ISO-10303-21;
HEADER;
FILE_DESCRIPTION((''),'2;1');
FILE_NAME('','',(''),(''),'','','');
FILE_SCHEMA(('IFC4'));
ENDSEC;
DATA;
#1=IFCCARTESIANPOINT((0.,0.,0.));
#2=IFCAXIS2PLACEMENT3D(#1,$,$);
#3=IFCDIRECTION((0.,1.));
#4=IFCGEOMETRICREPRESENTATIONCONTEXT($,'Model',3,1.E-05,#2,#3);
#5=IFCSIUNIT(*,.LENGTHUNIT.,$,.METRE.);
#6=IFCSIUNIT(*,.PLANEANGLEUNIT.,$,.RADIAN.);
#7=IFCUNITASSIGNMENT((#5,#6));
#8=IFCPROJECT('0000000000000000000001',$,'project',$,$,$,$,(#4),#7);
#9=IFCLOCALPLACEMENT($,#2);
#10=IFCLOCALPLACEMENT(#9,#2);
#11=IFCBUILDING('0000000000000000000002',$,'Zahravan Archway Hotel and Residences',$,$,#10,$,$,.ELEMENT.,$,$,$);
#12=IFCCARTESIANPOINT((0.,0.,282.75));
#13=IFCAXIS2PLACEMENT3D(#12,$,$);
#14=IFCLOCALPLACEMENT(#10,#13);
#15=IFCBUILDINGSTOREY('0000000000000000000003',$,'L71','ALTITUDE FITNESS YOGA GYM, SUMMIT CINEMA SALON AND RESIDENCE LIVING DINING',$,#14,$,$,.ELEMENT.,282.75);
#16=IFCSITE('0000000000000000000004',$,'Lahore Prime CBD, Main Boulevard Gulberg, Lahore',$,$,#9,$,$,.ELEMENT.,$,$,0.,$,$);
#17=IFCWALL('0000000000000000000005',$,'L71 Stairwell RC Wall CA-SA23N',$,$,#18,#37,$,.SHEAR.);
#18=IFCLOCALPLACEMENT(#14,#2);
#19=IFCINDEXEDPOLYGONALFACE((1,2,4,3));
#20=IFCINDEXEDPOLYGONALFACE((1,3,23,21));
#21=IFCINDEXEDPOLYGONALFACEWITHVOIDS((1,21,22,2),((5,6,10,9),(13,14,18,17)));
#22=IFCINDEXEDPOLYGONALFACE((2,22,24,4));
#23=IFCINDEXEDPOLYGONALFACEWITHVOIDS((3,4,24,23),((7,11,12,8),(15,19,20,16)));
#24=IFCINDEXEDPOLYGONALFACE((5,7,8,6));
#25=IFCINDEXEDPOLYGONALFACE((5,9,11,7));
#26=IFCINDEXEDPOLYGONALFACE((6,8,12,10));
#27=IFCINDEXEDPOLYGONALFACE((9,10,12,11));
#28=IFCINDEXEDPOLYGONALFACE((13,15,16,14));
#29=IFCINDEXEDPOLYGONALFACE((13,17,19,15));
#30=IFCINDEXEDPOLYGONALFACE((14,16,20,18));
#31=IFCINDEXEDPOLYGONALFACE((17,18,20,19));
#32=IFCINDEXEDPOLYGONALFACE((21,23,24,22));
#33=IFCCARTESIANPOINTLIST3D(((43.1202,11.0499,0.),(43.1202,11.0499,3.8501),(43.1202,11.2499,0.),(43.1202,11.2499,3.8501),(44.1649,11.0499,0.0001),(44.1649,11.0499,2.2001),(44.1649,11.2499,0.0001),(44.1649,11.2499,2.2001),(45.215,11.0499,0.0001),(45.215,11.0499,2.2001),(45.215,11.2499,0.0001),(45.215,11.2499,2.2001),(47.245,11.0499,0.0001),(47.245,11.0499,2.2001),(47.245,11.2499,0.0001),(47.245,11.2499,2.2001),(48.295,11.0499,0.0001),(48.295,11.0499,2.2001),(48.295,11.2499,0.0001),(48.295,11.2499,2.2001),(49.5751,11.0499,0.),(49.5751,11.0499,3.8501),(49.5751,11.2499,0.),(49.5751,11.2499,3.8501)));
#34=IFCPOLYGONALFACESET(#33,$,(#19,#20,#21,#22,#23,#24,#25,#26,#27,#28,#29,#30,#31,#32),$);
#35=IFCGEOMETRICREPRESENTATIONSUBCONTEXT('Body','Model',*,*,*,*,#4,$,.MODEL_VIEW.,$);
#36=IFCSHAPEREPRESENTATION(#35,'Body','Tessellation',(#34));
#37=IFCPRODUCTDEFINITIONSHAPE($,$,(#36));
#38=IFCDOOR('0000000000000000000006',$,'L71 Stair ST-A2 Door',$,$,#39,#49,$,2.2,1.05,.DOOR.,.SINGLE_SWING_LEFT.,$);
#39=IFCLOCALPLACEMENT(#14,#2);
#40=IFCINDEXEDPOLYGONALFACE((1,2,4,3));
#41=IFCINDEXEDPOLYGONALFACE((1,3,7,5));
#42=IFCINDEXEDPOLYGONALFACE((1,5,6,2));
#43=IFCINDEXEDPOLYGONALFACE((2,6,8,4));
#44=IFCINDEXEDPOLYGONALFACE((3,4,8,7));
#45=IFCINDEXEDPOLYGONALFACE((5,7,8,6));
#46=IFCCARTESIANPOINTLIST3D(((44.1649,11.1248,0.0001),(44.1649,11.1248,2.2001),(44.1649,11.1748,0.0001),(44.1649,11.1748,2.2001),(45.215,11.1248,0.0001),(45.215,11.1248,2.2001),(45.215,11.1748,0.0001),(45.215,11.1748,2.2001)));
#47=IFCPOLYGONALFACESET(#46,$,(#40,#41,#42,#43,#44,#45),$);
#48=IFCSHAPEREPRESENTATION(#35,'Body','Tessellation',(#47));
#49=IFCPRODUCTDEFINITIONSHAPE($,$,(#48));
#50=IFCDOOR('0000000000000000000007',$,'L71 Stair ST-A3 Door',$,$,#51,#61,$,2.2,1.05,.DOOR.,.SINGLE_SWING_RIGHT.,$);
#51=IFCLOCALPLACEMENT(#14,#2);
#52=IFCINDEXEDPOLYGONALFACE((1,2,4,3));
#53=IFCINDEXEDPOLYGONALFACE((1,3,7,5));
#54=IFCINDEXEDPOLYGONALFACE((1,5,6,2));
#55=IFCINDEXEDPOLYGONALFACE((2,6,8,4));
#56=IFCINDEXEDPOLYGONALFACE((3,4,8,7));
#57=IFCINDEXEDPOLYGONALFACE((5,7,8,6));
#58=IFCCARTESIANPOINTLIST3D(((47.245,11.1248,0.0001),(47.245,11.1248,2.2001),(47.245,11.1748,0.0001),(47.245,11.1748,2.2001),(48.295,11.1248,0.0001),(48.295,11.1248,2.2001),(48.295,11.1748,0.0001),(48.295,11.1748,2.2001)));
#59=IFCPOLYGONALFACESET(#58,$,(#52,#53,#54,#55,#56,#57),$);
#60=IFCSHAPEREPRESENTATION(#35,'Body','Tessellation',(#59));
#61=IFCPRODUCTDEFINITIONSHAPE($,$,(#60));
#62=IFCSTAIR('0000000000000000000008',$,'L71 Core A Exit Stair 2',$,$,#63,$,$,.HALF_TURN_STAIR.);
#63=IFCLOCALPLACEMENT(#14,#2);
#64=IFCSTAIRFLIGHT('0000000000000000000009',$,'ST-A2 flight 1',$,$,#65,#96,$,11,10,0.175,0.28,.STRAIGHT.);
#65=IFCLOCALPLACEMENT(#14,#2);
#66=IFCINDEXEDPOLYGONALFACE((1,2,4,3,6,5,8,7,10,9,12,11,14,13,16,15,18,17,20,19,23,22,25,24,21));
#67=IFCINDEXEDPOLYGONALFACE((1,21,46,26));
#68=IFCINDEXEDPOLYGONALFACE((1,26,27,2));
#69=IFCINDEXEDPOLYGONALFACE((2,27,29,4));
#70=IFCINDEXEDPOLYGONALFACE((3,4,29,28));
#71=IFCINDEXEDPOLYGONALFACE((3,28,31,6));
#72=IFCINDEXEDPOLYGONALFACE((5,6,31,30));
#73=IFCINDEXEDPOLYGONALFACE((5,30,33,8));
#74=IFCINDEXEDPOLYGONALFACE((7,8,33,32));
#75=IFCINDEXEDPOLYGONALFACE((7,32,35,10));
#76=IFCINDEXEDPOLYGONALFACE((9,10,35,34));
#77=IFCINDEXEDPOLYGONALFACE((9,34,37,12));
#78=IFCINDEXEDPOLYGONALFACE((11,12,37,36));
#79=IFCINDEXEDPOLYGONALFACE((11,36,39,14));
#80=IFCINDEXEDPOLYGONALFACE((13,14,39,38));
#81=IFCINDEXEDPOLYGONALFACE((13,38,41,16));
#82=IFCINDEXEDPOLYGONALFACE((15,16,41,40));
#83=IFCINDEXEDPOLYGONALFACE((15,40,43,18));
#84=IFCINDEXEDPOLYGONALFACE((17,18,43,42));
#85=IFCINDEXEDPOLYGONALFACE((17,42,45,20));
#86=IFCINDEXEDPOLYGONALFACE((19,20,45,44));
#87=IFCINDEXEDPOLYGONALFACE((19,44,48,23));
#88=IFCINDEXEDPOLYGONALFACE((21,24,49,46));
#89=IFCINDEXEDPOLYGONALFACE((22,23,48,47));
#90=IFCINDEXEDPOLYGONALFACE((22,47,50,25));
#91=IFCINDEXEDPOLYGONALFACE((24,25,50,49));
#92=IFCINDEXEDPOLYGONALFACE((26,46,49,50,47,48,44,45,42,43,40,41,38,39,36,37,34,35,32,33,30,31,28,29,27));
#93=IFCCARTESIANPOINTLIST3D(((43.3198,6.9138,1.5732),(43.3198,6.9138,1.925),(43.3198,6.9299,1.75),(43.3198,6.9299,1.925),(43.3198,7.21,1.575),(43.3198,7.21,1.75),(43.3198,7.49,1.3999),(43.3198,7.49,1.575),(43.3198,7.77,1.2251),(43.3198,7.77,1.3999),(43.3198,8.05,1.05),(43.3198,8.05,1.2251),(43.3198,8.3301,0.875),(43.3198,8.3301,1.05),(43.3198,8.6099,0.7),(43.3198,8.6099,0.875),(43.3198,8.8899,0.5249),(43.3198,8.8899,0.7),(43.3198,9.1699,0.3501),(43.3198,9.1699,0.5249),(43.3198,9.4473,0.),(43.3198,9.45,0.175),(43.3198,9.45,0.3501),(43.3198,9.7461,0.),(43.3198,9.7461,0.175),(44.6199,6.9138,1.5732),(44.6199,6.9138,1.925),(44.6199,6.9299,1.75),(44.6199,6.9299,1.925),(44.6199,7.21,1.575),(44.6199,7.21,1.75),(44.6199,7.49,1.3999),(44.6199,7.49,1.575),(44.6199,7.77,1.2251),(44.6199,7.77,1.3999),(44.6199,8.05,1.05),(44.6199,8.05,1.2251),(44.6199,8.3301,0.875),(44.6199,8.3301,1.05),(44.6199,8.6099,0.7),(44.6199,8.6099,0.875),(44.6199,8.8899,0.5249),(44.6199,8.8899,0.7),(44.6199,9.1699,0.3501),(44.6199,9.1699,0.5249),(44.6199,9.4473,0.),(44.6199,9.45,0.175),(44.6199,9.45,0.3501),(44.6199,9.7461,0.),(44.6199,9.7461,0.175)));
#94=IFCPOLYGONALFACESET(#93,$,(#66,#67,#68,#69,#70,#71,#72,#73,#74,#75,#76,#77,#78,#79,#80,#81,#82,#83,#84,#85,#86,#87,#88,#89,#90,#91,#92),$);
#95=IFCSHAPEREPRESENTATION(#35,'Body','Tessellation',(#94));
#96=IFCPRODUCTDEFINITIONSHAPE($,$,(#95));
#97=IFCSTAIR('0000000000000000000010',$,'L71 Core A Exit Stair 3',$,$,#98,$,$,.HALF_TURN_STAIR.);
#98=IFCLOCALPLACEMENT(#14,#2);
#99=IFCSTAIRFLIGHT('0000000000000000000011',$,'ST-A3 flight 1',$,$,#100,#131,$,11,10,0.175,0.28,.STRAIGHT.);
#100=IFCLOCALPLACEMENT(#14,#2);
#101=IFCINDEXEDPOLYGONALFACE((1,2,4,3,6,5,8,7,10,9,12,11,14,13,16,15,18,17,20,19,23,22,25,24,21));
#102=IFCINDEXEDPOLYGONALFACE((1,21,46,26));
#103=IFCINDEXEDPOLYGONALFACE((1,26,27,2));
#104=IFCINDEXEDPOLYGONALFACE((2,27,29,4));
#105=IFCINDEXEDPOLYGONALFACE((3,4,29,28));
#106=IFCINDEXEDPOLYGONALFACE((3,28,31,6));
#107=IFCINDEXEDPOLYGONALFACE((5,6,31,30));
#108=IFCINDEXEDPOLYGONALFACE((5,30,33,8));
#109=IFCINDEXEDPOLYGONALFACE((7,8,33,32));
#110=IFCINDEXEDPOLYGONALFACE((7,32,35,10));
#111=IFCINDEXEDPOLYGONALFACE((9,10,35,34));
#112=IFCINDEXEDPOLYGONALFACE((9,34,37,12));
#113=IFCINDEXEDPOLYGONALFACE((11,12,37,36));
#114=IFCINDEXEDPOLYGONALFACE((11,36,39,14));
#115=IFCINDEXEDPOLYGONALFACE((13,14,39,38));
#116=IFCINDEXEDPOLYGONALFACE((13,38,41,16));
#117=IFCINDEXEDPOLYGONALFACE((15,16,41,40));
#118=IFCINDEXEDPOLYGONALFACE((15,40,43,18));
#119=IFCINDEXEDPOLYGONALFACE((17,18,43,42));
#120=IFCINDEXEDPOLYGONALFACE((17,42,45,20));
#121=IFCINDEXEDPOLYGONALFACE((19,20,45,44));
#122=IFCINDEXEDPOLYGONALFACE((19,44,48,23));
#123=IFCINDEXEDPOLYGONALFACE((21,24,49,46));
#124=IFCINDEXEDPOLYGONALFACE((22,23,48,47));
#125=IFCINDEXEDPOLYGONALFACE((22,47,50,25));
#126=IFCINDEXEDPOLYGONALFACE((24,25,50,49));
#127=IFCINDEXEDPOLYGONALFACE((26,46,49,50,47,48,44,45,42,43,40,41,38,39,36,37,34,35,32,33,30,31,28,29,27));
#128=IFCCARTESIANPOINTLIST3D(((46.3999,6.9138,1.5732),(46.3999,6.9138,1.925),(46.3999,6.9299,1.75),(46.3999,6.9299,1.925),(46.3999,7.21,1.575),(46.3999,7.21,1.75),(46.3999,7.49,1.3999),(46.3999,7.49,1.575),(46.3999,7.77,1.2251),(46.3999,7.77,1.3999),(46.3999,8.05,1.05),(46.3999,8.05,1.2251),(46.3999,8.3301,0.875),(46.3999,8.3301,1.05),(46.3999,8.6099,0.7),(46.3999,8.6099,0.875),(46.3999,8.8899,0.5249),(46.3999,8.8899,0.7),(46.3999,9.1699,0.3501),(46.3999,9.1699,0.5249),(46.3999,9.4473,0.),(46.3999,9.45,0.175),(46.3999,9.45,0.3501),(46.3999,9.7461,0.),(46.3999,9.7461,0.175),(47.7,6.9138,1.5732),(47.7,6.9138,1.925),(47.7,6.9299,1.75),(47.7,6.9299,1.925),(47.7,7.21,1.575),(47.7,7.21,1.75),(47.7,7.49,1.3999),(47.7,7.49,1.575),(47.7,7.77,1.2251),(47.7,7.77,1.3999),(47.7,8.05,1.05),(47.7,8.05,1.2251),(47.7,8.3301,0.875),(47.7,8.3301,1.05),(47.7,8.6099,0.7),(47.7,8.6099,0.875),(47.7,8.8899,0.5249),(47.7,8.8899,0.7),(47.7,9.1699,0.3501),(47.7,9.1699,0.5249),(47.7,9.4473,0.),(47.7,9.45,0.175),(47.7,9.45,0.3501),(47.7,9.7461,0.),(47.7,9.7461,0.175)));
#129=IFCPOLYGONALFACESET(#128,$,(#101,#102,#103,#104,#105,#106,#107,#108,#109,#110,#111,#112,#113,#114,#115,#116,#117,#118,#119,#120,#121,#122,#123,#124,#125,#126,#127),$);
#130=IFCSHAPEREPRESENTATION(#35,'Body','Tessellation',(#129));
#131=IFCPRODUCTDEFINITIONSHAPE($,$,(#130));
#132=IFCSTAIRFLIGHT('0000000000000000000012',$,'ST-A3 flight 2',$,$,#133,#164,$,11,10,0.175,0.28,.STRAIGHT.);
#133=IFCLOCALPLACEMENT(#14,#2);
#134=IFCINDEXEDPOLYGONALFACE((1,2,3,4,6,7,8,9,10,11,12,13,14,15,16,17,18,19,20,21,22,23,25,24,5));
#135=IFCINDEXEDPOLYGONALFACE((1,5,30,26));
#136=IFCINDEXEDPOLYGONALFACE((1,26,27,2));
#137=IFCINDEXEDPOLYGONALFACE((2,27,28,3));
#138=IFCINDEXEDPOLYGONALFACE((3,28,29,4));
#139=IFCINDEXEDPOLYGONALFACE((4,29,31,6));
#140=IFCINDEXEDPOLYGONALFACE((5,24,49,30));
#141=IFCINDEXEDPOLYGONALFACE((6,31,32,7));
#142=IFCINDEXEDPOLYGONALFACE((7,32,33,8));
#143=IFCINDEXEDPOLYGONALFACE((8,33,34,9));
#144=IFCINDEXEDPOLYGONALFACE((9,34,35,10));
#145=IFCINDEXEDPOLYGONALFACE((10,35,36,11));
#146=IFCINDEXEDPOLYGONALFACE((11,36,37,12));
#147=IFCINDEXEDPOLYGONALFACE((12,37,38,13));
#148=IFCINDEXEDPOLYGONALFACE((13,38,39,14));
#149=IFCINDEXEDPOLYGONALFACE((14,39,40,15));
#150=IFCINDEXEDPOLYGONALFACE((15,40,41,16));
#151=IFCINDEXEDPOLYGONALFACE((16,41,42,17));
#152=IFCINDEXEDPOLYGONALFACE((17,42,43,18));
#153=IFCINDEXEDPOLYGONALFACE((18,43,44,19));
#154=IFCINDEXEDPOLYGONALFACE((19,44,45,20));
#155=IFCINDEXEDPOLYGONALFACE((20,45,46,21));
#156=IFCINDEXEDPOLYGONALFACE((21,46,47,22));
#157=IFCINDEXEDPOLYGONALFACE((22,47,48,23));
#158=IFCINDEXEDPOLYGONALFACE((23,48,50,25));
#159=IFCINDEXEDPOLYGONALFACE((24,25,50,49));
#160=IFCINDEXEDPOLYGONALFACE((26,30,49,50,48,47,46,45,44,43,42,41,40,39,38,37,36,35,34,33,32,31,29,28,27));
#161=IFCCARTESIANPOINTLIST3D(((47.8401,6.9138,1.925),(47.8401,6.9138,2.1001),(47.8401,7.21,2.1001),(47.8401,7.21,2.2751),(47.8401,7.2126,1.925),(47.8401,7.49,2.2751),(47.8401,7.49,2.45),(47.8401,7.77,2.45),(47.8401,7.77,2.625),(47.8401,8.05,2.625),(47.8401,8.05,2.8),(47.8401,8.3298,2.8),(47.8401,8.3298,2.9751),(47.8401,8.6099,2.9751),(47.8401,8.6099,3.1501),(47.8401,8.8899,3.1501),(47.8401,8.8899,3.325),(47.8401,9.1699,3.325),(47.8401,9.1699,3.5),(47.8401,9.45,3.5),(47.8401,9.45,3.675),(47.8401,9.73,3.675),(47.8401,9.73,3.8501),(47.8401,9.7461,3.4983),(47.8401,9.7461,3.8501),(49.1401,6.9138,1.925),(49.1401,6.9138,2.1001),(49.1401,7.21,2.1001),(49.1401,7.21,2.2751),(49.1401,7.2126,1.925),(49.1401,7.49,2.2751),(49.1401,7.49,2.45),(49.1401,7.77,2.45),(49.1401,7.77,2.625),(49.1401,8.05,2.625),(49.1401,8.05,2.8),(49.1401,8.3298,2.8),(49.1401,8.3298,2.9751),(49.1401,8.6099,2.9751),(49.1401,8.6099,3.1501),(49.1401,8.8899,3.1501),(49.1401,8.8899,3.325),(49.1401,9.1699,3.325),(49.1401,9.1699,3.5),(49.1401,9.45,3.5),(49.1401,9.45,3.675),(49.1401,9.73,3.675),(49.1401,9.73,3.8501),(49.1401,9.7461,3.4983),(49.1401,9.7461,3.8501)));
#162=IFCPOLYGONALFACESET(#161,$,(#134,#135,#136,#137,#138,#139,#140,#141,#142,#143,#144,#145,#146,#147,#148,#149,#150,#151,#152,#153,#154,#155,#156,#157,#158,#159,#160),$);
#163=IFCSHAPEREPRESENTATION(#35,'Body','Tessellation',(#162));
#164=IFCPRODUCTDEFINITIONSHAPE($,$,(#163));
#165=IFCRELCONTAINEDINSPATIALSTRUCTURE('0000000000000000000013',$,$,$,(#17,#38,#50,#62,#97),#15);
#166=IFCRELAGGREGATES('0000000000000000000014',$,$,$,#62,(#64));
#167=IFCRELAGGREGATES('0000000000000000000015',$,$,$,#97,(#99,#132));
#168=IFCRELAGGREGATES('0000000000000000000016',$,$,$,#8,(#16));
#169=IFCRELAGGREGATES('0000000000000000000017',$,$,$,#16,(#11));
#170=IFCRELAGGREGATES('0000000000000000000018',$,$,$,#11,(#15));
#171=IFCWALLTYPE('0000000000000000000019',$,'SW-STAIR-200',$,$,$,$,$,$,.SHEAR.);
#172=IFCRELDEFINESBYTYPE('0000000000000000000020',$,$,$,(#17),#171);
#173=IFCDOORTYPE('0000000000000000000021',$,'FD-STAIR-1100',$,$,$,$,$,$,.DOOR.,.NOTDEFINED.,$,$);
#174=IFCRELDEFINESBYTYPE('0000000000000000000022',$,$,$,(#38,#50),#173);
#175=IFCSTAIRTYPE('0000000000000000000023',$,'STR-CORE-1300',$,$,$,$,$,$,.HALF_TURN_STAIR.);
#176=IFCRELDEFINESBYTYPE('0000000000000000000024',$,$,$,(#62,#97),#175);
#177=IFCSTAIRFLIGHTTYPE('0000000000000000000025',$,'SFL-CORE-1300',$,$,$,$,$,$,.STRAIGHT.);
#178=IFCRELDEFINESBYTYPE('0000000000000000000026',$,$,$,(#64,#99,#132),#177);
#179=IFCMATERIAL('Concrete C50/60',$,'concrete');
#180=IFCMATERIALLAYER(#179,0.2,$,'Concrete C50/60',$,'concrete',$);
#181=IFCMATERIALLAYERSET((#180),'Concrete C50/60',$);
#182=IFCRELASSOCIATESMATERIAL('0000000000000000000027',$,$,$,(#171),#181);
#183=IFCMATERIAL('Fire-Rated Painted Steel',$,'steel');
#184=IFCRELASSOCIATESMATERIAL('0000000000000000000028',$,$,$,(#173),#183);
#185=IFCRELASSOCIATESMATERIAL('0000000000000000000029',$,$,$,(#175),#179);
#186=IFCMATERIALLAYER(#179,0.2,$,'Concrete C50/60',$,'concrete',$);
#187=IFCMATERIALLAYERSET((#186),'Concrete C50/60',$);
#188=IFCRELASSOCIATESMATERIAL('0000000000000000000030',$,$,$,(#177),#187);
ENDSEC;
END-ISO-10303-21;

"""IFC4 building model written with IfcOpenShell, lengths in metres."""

from ifc_helpers import new_model, si_unit, direction, frame, frame_2d, origin, place, context, subcontext, project, spatial, polyline, rectangle, outline, extrude, source, transform, mapped, material, layer, layer_set, type_object, type_shapes, element, fill, aggregate, save


model = new_model("IFC4")

# Units and contexts
model_context = context("Model", 3, precision=1e-05, world=origin(), true_north=direction((0.0, 1.0)))
body_context = subcontext(model_context, "Body", "Model", "MODEL_VIEW")
ifc_project = project(units=[si_unit("LENGTHUNIT", "METRE"), si_unit("PLANEANGLEUNIT", "RADIAN")], contexts=[model_context])

# Site, building, storey
site_placement = place(None, origin())
site = spatial("IfcSite", under=ifc_project, at=site_placement, Name="Lahore Prime CBD, Main Boulevard Gulberg, Lahore", CompositionType="ELEMENT", RefElevation=0.0)
building_placement = place(site_placement, origin())
building = spatial("IfcBuilding", under=site, at=building_placement, Name="Zahravan Archway Hotel and Residences", CompositionType="ELEMENT")
storey_placement = place(building_placement, frame((0.0, 0.0, 282.75)))
storey = spatial("IfcBuildingStorey", under=building, at=storey_placement, Name="L71", Description="ALTITUDE FITNESS YOGA GYM, SUMMIT CINEMA SALON AND RESIDENCE LIVING DINING", CompositionType="ELEMENT", Elevation=282.75)

# Shared definitions
ifc_material_1 = material(Name="Concrete C50/60", Category="concrete")

# Shared definitions
ifc_material_2 = material(Name="Fire-Rated Painted Steel", Category="steel")

# Wall, openings, doors
ifc_layer_1 = layer(ifc_material_1, 0.2, Name="Concrete C50/60", Category="concrete")
ifc_layer_set_1 = layer_set([ifc_layer_1], Name="Concrete C50/60")
wall_type_1 = type_object("IfcWallType", Name="SW-STAIR-200", PredefinedType="SHEAR", material=ifc_layer_set_1)
wall_1_placement = place(storey_placement, frame((43.1201, 11.1499, 0.0), z_axis=(0.0, 0.0, 1.0), x_axis=(1.0, 0.0, 0.0)))
wall_1 = element("IfcWall", 1, at=wall_1_placement, inside=storey, type_object=wall_type_1, Name="L71 Stairwell RC Wall CA-SA23N", PredefinedType="SHEAR", context=body_context, shape_type="SweptSolid", body=[
    extrude(rectangle(XDim=6.4548, YDim=0.2, at=frame_2d((3.2275, 0.0))), origin(), (0.0, 0.0, 1.0), 3.8501),
])
opening_1_placement = place(wall_1_placement, frame((1.0449, 0.0, 0.0)))
opening_1 = element("IfcOpeningElement", 2, at=opening_1_placement, cuts=wall_1, PredefinedType="OPENING", context=body_context, shape_type="SweptSolid", body=[
    extrude(rectangle(XDim=1.05, YDim=2.2, at=frame_2d((0.5249, 1.1001))), frame((0.0, 0.1099, 0.0), z_axis=(0.0, -1.0, 0.0), x_axis=(1.0, 0.0, 0.0)), (0.0, 0.0, 1.0), 0.22),
])
opening_2_placement = place(wall_1_placement, frame((4.125, 0.0, 0.0)))
opening_2 = element("IfcOpeningElement", 3, at=opening_2_placement, cuts=wall_1, PredefinedType="OPENING", context=body_context, shape_type="SweptSolid", body=[
    extrude(rectangle(XDim=1.05, YDim=2.2, at=frame_2d((0.5249, 1.1001))), frame((0.0, 0.1099, 0.0), z_axis=(0.0, -1.0, 0.0), x_axis=(1.0, 0.0, 0.0)), (0.0, 0.0, 1.0), 0.22),
])
door_type_1 = type_object("IfcDoorType", Name="FD-STAIR-1100", OperationType="NOTDEFINED", PredefinedType="DOOR", material=ifc_material_2)
shared_shape_1 = source(origin(), body_context, "Body", "SweptSolid", [
    extrude(rectangle(XDim=1.05, YDim=2.2, at=frame_2d((0.5249, 1.1001))), frame((0.0, 0.0249, 0.0), z_axis=(0.0, -1.0, 0.0), x_axis=(1.0, 0.0, 0.0)), (0.0, 0.0, 1.0), 0.05),
])
type_shapes(door_type_1, [shared_shape_1])
door_1_placement = place(opening_1_placement, origin())
door_1 = element("IfcDoor", 4, at=door_1_placement, inside=storey, type_object=door_type_1, Name="L71 Stair ST-A2 Door", OperationType="SINGLE_SWING_LEFT", OverallHeight=2.2, OverallWidth=1.05, PredefinedType="DOOR", context=body_context, shape_type="MappedRepresentation", body=[
    mapped(shared_shape_1, transform((0.0, 0.0, 0.0), scale=1.0)),
])
fill(opening_1, door_1)
door_2_placement = place(opening_2_placement, origin())
door_2 = element("IfcDoor", 5, at=door_2_placement, inside=storey, type_object=door_type_1, Name="L71 Stair ST-A3 Door", OperationType="SINGLE_SWING_RIGHT", OverallHeight=2.2, OverallWidth=1.05, PredefinedType="DOOR", context=body_context, shape_type="MappedRepresentation", body=[
    mapped(shared_shape_1, transform((0.0, 0.0, 0.0), scale=1.0)),
])
fill(opening_2, door_2)

# Stair, stair flight
stair_type = type_object("IfcStairType", Name="STR-CORE-1300", PredefinedType="HALF_TURN_STAIR", material=ifc_material_1)
stair_1_placement = place(storey_placement, origin())
stair_1 = element("IfcStair", 6, at=stair_1_placement, inside=storey, type_object=stair_type, Name="L71 Core A Exit Stair 2", PredefinedType="HALF_TURN_STAIR")
ifc_layer_2 = layer(ifc_material_1, 0.2, Name="Concrete C50/60", Category="concrete")
ifc_layer_set_2 = layer_set([ifc_layer_2], Name="Concrete C50/60")
stair_flight_type = type_object("IfcStairFlightType", Name="SFL-CORE-1300", PredefinedType="STRAIGHT", material=ifc_layer_set_2)
shared_shape_2 = source(origin(), body_context, "Body", "SweptSolid", [
    extrude(outline(polyline([(-0.0161, 0.0), (-0.0161, 0.175), (0.28, 0.175), (0.28, 0.3501), (0.5601, 0.3501), (0.5601, 0.5249), (0.8401, 0.5249), (0.8401, 0.7), (1.1201, 0.7), (1.1201, 0.875), (1.3999, 0.875), (1.3999, 1.05), (1.6799, 1.05), (1.6799, 1.2251), (1.96, 1.2251), (1.96, 1.3999), (2.24, 1.3999), (2.24, 1.575), (2.52, 1.575), (2.52, 1.75), (2.8, 1.75), (2.8, 1.925), (2.8162, 1.925), (2.8162, 1.5732), (0.2827, 0.0), (-0.0161, 0.0)])), frame((0.0, 0.6499, 0.0), z_axis=(0.0, -1.0, 0.0), x_axis=(1.0, 0.0, 0.0)), (0.0, 0.0, 1.0), 1.3),
])
stair_flight_1_placement = place(storey_placement, frame((43.97, 9.73, 0.0), z_axis=(0.0, 0.0, 1.0), x_axis=(0.0, -1.0, 0.0)))
stair_flight_1 = element("IfcStairFlight", 7, at=stair_flight_1_placement, type_object=stair_flight_type, Name="ST-A2 flight 1", NumberOfRisers=11, NumberOfTreads=10, PredefinedType="STRAIGHT", RiserHeight=0.175, TreadLength=0.28, context=body_context, shape_type="MappedRepresentation", body=[
    mapped(shared_shape_2, transform((0.0, 0.0, 0.0), scale=1.0)),
])
aggregate(stair_1, [stair_flight_1])

# Stair, stair flights
stair_2_placement = place(storey_placement, origin())
stair_2 = element("IfcStair", 8, at=stair_2_placement, inside=storey, type_object=stair_type, Name="L71 Core A Exit Stair 3", PredefinedType="HALF_TURN_STAIR")
stair_flight_2_placement = place(storey_placement, frame((47.05, 9.73, 0.0), z_axis=(0.0, 0.0, 1.0), x_axis=(0.0, -1.0, 0.0)))
stair_flight_2 = element("IfcStairFlight", 9, at=stair_flight_2_placement, type_object=stair_flight_type, Name="ST-A3 flight 1", NumberOfRisers=11, NumberOfTreads=10, PredefinedType="STRAIGHT", RiserHeight=0.175, TreadLength=0.28, context=body_context, shape_type="MappedRepresentation", body=[
    mapped(shared_shape_2, transform((0.0, 0.0, 0.0), scale=1.0)),
])
stair_flight_3_placement = place(storey_placement, frame((48.49, 6.9299, 1.925), z_axis=(0.0, 0.0, 1.0), x_axis=(0.0, 1.0, 0.0)))
stair_flight_3 = element("IfcStairFlight", 10, at=stair_flight_3_placement, type_object=stair_flight_type, Name="ST-A3 flight 2", NumberOfRisers=11, NumberOfTreads=10, PredefinedType="STRAIGHT", RiserHeight=0.175, TreadLength=0.28, context=body_context, shape_type="MappedRepresentation", body=[
    mapped(shared_shape_2, transform((0.0, 0.0, 0.0), scale=1.0)),
])
aggregate(stair_2, [stair_flight_2, stair_flight_3])

save(model, "model.ifc")
